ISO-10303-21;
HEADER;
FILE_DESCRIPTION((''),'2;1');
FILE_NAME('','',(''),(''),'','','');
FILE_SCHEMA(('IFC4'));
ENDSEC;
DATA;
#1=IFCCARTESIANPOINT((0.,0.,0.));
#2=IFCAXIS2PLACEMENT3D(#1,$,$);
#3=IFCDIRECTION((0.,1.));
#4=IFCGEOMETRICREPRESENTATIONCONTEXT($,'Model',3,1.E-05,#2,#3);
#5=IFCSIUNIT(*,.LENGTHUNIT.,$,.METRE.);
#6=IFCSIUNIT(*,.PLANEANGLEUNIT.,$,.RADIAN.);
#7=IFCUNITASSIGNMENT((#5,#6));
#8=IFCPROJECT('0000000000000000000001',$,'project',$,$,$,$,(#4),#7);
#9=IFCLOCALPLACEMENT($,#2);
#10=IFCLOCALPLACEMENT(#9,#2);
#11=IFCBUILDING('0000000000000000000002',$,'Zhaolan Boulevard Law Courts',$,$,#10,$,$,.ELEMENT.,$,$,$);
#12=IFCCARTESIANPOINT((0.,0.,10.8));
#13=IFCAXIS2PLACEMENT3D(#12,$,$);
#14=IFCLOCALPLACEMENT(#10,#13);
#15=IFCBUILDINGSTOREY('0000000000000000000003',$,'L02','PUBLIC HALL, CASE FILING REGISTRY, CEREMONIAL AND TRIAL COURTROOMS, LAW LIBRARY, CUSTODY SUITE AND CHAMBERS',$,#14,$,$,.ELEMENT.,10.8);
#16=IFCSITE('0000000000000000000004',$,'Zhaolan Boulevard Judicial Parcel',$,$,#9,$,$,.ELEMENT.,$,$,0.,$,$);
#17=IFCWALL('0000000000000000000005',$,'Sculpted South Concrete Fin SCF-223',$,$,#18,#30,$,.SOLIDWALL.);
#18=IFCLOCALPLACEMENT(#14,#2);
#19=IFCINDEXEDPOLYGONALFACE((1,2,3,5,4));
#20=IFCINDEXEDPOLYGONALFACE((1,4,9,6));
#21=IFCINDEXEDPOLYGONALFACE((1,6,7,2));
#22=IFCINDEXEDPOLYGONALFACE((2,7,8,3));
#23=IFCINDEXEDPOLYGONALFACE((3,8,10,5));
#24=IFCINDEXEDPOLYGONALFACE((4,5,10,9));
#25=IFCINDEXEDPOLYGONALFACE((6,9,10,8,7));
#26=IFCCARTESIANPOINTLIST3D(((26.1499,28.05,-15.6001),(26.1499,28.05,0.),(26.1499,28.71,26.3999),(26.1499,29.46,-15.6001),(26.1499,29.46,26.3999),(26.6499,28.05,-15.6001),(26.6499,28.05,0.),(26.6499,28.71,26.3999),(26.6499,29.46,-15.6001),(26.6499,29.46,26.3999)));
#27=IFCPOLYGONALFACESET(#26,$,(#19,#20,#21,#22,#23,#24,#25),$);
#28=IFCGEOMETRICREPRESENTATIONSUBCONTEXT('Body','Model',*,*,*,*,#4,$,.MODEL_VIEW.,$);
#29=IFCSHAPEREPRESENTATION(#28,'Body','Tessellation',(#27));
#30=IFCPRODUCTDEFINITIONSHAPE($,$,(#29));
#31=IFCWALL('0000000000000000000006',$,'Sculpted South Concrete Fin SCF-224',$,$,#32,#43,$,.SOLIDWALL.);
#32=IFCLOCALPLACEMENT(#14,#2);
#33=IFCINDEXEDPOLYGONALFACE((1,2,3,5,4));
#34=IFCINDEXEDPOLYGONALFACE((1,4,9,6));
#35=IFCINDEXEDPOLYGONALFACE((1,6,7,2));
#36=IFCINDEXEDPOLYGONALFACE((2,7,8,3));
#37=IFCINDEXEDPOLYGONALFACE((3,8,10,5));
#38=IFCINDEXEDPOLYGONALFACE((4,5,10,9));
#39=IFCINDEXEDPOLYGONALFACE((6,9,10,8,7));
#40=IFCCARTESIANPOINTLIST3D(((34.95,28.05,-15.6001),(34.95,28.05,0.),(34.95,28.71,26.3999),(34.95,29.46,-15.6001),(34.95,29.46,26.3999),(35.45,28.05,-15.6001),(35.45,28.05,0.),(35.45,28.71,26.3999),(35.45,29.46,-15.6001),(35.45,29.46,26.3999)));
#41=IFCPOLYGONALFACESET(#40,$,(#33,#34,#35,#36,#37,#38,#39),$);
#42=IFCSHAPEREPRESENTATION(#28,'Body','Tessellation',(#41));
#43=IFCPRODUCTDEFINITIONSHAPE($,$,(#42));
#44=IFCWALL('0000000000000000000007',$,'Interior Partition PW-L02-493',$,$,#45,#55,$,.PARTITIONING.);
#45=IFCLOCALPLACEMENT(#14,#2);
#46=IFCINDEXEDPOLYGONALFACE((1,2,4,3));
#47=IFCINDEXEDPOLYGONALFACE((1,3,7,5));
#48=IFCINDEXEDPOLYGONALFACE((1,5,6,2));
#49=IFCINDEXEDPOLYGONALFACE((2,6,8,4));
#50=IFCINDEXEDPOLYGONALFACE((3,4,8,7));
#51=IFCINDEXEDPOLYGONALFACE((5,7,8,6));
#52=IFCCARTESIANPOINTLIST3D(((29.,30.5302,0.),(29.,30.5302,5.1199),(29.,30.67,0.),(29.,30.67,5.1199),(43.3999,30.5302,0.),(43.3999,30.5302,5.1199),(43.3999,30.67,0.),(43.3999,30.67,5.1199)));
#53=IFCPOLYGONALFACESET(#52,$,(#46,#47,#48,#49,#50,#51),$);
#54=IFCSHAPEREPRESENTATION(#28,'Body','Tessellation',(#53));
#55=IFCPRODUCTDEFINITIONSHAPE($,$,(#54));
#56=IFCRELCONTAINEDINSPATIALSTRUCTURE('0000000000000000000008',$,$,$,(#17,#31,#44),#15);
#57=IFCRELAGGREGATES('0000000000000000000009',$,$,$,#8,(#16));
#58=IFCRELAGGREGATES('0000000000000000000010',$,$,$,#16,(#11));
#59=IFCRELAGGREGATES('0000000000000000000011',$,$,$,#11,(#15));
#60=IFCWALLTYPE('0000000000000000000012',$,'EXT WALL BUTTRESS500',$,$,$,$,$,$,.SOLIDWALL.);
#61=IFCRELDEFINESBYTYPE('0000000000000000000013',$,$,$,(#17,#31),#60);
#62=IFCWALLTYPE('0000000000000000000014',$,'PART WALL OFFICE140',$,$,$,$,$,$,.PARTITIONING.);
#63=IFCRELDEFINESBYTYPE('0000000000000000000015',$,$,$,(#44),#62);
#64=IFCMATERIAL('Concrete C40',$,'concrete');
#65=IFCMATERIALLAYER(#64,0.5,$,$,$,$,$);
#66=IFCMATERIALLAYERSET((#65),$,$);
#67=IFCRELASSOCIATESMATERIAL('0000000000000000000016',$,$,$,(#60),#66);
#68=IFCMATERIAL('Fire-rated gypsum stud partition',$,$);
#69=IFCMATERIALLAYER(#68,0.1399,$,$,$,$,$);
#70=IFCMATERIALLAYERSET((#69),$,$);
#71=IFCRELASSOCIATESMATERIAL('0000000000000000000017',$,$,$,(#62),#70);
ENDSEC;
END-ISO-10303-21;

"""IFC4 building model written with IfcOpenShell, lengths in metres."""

from ifc_helpers import new_model, si_unit, direction, frame, frame_2d, origin, place, context, subcontext, project, spatial, polyline, rectangle, outline, extrude, material, layer, layer_set, type_object, element, save


model = new_model("IFC4")

# Units and contexts
model_context = context("Model", 3, precision=1e-05, world=origin(), true_north=direction((0.0, 1.0)))
body_context = subcontext(model_context, "Body", "Model", "MODEL_VIEW")
ifc_project = project(units=[si_unit("LENGTHUNIT", "METRE"), si_unit("PLANEANGLEUNIT", "RADIAN")], contexts=[model_context])

# Site, building, storey
site_placement = place(None, origin())
site = spatial("IfcSite", under=ifc_project, at=site_placement, Name="Zhaolan Boulevard Judicial Parcel", CompositionType="ELEMENT", RefElevation=0.0)
building_placement = place(site_placement, origin())
building = spatial("IfcBuilding", under=site, at=building_placement, Name="Zhaolan Boulevard Law Courts", CompositionType="ELEMENT")
storey_placement = place(building_placement, frame((0.0, 0.0, 10.8)))
storey = spatial("IfcBuildingStorey", under=building, at=storey_placement, Name="L02", Description="PUBLIC HALL, CASE FILING REGISTRY, CEREMONIAL AND TRIAL COURTROOMS, LAW LIBRARY, CUSTODY SUITE AND CHAMBERS", CompositionType="ELEMENT", Elevation=10.8)

# Walls
ifc_material_1 = material(Name="Concrete C40", Category="concrete")
ifc_layer_1 = layer(ifc_material_1, 0.5)
ifc_layer_set_1 = layer_set([ifc_layer_1])
wall_type_1 = type_object("IfcWallType", Name="EXT WALL BUTTRESS500", PredefinedType="SOLIDWALL", material=ifc_layer_set_1)
for number, where, z_axis, x_axis, name in (
    (1, (26.3999, 29.46, -15.6001), (0.0, 0.0, 1.0), (0.0, -1.0, 0.0), "Sculpted South Concrete Fin SCF-223"),
    (2, (35.2, 29.46, -15.6001), (0.0, 0.0, 1.0), (0.0, -1.0, 0.0), "Sculpted South Concrete Fin SCF-224"),
):
    element("IfcWall", number, at=place(storey_placement, frame(where, z_axis=z_axis, x_axis=x_axis)), inside=storey, type_object=wall_type_1, Name=name, PredefinedType="SOLIDWALL", context=body_context, shape_type="SweptSolid", body=[
        extrude(outline(polyline([(0.0, 0.0), (1.4099, 0.0), (1.4099, 15.6001), (0.75, 42.0), (0.0, 42.0), (0.0, 0.0)])), frame((0.0, 0.25, 0.0), z_axis=(0.0, -1.0, 0.0), x_axis=(1.0, 0.0, 0.0)), (0.0, 0.0, 1.0), 0.5),
    ])
ifc_material_2 = material(Name="Fire-rated gypsum stud partition")
ifc_layer_2 = layer(ifc_material_2, 0.1399)
ifc_layer_set_2 = layer_set([ifc_layer_2])
wall_type_2 = type_object("IfcWallType", Name="PART WALL OFFICE140", PredefinedType="PARTITIONING", material=ifc_layer_set_2)
wall_placement = place(storey_placement, frame((29.0, 30.6001, 0.0), z_axis=(0.0, 0.0, 1.0), x_axis=(1.0, 0.0, 0.0)))
element("IfcWall", 3, at=wall_placement, inside=storey, type_object=wall_type_2, Name="Interior Partition PW-L02-493", PredefinedType="PARTITIONING", context=body_context, shape_type="SweptSolid", body=[
    extrude(rectangle(XDim=14.3999, YDim=0.1399, at=frame_2d((7.2, 0.0))), origin(), (0.0, 0.0, 1.0), 5.1199),
])

save(model, "model.ifc")
